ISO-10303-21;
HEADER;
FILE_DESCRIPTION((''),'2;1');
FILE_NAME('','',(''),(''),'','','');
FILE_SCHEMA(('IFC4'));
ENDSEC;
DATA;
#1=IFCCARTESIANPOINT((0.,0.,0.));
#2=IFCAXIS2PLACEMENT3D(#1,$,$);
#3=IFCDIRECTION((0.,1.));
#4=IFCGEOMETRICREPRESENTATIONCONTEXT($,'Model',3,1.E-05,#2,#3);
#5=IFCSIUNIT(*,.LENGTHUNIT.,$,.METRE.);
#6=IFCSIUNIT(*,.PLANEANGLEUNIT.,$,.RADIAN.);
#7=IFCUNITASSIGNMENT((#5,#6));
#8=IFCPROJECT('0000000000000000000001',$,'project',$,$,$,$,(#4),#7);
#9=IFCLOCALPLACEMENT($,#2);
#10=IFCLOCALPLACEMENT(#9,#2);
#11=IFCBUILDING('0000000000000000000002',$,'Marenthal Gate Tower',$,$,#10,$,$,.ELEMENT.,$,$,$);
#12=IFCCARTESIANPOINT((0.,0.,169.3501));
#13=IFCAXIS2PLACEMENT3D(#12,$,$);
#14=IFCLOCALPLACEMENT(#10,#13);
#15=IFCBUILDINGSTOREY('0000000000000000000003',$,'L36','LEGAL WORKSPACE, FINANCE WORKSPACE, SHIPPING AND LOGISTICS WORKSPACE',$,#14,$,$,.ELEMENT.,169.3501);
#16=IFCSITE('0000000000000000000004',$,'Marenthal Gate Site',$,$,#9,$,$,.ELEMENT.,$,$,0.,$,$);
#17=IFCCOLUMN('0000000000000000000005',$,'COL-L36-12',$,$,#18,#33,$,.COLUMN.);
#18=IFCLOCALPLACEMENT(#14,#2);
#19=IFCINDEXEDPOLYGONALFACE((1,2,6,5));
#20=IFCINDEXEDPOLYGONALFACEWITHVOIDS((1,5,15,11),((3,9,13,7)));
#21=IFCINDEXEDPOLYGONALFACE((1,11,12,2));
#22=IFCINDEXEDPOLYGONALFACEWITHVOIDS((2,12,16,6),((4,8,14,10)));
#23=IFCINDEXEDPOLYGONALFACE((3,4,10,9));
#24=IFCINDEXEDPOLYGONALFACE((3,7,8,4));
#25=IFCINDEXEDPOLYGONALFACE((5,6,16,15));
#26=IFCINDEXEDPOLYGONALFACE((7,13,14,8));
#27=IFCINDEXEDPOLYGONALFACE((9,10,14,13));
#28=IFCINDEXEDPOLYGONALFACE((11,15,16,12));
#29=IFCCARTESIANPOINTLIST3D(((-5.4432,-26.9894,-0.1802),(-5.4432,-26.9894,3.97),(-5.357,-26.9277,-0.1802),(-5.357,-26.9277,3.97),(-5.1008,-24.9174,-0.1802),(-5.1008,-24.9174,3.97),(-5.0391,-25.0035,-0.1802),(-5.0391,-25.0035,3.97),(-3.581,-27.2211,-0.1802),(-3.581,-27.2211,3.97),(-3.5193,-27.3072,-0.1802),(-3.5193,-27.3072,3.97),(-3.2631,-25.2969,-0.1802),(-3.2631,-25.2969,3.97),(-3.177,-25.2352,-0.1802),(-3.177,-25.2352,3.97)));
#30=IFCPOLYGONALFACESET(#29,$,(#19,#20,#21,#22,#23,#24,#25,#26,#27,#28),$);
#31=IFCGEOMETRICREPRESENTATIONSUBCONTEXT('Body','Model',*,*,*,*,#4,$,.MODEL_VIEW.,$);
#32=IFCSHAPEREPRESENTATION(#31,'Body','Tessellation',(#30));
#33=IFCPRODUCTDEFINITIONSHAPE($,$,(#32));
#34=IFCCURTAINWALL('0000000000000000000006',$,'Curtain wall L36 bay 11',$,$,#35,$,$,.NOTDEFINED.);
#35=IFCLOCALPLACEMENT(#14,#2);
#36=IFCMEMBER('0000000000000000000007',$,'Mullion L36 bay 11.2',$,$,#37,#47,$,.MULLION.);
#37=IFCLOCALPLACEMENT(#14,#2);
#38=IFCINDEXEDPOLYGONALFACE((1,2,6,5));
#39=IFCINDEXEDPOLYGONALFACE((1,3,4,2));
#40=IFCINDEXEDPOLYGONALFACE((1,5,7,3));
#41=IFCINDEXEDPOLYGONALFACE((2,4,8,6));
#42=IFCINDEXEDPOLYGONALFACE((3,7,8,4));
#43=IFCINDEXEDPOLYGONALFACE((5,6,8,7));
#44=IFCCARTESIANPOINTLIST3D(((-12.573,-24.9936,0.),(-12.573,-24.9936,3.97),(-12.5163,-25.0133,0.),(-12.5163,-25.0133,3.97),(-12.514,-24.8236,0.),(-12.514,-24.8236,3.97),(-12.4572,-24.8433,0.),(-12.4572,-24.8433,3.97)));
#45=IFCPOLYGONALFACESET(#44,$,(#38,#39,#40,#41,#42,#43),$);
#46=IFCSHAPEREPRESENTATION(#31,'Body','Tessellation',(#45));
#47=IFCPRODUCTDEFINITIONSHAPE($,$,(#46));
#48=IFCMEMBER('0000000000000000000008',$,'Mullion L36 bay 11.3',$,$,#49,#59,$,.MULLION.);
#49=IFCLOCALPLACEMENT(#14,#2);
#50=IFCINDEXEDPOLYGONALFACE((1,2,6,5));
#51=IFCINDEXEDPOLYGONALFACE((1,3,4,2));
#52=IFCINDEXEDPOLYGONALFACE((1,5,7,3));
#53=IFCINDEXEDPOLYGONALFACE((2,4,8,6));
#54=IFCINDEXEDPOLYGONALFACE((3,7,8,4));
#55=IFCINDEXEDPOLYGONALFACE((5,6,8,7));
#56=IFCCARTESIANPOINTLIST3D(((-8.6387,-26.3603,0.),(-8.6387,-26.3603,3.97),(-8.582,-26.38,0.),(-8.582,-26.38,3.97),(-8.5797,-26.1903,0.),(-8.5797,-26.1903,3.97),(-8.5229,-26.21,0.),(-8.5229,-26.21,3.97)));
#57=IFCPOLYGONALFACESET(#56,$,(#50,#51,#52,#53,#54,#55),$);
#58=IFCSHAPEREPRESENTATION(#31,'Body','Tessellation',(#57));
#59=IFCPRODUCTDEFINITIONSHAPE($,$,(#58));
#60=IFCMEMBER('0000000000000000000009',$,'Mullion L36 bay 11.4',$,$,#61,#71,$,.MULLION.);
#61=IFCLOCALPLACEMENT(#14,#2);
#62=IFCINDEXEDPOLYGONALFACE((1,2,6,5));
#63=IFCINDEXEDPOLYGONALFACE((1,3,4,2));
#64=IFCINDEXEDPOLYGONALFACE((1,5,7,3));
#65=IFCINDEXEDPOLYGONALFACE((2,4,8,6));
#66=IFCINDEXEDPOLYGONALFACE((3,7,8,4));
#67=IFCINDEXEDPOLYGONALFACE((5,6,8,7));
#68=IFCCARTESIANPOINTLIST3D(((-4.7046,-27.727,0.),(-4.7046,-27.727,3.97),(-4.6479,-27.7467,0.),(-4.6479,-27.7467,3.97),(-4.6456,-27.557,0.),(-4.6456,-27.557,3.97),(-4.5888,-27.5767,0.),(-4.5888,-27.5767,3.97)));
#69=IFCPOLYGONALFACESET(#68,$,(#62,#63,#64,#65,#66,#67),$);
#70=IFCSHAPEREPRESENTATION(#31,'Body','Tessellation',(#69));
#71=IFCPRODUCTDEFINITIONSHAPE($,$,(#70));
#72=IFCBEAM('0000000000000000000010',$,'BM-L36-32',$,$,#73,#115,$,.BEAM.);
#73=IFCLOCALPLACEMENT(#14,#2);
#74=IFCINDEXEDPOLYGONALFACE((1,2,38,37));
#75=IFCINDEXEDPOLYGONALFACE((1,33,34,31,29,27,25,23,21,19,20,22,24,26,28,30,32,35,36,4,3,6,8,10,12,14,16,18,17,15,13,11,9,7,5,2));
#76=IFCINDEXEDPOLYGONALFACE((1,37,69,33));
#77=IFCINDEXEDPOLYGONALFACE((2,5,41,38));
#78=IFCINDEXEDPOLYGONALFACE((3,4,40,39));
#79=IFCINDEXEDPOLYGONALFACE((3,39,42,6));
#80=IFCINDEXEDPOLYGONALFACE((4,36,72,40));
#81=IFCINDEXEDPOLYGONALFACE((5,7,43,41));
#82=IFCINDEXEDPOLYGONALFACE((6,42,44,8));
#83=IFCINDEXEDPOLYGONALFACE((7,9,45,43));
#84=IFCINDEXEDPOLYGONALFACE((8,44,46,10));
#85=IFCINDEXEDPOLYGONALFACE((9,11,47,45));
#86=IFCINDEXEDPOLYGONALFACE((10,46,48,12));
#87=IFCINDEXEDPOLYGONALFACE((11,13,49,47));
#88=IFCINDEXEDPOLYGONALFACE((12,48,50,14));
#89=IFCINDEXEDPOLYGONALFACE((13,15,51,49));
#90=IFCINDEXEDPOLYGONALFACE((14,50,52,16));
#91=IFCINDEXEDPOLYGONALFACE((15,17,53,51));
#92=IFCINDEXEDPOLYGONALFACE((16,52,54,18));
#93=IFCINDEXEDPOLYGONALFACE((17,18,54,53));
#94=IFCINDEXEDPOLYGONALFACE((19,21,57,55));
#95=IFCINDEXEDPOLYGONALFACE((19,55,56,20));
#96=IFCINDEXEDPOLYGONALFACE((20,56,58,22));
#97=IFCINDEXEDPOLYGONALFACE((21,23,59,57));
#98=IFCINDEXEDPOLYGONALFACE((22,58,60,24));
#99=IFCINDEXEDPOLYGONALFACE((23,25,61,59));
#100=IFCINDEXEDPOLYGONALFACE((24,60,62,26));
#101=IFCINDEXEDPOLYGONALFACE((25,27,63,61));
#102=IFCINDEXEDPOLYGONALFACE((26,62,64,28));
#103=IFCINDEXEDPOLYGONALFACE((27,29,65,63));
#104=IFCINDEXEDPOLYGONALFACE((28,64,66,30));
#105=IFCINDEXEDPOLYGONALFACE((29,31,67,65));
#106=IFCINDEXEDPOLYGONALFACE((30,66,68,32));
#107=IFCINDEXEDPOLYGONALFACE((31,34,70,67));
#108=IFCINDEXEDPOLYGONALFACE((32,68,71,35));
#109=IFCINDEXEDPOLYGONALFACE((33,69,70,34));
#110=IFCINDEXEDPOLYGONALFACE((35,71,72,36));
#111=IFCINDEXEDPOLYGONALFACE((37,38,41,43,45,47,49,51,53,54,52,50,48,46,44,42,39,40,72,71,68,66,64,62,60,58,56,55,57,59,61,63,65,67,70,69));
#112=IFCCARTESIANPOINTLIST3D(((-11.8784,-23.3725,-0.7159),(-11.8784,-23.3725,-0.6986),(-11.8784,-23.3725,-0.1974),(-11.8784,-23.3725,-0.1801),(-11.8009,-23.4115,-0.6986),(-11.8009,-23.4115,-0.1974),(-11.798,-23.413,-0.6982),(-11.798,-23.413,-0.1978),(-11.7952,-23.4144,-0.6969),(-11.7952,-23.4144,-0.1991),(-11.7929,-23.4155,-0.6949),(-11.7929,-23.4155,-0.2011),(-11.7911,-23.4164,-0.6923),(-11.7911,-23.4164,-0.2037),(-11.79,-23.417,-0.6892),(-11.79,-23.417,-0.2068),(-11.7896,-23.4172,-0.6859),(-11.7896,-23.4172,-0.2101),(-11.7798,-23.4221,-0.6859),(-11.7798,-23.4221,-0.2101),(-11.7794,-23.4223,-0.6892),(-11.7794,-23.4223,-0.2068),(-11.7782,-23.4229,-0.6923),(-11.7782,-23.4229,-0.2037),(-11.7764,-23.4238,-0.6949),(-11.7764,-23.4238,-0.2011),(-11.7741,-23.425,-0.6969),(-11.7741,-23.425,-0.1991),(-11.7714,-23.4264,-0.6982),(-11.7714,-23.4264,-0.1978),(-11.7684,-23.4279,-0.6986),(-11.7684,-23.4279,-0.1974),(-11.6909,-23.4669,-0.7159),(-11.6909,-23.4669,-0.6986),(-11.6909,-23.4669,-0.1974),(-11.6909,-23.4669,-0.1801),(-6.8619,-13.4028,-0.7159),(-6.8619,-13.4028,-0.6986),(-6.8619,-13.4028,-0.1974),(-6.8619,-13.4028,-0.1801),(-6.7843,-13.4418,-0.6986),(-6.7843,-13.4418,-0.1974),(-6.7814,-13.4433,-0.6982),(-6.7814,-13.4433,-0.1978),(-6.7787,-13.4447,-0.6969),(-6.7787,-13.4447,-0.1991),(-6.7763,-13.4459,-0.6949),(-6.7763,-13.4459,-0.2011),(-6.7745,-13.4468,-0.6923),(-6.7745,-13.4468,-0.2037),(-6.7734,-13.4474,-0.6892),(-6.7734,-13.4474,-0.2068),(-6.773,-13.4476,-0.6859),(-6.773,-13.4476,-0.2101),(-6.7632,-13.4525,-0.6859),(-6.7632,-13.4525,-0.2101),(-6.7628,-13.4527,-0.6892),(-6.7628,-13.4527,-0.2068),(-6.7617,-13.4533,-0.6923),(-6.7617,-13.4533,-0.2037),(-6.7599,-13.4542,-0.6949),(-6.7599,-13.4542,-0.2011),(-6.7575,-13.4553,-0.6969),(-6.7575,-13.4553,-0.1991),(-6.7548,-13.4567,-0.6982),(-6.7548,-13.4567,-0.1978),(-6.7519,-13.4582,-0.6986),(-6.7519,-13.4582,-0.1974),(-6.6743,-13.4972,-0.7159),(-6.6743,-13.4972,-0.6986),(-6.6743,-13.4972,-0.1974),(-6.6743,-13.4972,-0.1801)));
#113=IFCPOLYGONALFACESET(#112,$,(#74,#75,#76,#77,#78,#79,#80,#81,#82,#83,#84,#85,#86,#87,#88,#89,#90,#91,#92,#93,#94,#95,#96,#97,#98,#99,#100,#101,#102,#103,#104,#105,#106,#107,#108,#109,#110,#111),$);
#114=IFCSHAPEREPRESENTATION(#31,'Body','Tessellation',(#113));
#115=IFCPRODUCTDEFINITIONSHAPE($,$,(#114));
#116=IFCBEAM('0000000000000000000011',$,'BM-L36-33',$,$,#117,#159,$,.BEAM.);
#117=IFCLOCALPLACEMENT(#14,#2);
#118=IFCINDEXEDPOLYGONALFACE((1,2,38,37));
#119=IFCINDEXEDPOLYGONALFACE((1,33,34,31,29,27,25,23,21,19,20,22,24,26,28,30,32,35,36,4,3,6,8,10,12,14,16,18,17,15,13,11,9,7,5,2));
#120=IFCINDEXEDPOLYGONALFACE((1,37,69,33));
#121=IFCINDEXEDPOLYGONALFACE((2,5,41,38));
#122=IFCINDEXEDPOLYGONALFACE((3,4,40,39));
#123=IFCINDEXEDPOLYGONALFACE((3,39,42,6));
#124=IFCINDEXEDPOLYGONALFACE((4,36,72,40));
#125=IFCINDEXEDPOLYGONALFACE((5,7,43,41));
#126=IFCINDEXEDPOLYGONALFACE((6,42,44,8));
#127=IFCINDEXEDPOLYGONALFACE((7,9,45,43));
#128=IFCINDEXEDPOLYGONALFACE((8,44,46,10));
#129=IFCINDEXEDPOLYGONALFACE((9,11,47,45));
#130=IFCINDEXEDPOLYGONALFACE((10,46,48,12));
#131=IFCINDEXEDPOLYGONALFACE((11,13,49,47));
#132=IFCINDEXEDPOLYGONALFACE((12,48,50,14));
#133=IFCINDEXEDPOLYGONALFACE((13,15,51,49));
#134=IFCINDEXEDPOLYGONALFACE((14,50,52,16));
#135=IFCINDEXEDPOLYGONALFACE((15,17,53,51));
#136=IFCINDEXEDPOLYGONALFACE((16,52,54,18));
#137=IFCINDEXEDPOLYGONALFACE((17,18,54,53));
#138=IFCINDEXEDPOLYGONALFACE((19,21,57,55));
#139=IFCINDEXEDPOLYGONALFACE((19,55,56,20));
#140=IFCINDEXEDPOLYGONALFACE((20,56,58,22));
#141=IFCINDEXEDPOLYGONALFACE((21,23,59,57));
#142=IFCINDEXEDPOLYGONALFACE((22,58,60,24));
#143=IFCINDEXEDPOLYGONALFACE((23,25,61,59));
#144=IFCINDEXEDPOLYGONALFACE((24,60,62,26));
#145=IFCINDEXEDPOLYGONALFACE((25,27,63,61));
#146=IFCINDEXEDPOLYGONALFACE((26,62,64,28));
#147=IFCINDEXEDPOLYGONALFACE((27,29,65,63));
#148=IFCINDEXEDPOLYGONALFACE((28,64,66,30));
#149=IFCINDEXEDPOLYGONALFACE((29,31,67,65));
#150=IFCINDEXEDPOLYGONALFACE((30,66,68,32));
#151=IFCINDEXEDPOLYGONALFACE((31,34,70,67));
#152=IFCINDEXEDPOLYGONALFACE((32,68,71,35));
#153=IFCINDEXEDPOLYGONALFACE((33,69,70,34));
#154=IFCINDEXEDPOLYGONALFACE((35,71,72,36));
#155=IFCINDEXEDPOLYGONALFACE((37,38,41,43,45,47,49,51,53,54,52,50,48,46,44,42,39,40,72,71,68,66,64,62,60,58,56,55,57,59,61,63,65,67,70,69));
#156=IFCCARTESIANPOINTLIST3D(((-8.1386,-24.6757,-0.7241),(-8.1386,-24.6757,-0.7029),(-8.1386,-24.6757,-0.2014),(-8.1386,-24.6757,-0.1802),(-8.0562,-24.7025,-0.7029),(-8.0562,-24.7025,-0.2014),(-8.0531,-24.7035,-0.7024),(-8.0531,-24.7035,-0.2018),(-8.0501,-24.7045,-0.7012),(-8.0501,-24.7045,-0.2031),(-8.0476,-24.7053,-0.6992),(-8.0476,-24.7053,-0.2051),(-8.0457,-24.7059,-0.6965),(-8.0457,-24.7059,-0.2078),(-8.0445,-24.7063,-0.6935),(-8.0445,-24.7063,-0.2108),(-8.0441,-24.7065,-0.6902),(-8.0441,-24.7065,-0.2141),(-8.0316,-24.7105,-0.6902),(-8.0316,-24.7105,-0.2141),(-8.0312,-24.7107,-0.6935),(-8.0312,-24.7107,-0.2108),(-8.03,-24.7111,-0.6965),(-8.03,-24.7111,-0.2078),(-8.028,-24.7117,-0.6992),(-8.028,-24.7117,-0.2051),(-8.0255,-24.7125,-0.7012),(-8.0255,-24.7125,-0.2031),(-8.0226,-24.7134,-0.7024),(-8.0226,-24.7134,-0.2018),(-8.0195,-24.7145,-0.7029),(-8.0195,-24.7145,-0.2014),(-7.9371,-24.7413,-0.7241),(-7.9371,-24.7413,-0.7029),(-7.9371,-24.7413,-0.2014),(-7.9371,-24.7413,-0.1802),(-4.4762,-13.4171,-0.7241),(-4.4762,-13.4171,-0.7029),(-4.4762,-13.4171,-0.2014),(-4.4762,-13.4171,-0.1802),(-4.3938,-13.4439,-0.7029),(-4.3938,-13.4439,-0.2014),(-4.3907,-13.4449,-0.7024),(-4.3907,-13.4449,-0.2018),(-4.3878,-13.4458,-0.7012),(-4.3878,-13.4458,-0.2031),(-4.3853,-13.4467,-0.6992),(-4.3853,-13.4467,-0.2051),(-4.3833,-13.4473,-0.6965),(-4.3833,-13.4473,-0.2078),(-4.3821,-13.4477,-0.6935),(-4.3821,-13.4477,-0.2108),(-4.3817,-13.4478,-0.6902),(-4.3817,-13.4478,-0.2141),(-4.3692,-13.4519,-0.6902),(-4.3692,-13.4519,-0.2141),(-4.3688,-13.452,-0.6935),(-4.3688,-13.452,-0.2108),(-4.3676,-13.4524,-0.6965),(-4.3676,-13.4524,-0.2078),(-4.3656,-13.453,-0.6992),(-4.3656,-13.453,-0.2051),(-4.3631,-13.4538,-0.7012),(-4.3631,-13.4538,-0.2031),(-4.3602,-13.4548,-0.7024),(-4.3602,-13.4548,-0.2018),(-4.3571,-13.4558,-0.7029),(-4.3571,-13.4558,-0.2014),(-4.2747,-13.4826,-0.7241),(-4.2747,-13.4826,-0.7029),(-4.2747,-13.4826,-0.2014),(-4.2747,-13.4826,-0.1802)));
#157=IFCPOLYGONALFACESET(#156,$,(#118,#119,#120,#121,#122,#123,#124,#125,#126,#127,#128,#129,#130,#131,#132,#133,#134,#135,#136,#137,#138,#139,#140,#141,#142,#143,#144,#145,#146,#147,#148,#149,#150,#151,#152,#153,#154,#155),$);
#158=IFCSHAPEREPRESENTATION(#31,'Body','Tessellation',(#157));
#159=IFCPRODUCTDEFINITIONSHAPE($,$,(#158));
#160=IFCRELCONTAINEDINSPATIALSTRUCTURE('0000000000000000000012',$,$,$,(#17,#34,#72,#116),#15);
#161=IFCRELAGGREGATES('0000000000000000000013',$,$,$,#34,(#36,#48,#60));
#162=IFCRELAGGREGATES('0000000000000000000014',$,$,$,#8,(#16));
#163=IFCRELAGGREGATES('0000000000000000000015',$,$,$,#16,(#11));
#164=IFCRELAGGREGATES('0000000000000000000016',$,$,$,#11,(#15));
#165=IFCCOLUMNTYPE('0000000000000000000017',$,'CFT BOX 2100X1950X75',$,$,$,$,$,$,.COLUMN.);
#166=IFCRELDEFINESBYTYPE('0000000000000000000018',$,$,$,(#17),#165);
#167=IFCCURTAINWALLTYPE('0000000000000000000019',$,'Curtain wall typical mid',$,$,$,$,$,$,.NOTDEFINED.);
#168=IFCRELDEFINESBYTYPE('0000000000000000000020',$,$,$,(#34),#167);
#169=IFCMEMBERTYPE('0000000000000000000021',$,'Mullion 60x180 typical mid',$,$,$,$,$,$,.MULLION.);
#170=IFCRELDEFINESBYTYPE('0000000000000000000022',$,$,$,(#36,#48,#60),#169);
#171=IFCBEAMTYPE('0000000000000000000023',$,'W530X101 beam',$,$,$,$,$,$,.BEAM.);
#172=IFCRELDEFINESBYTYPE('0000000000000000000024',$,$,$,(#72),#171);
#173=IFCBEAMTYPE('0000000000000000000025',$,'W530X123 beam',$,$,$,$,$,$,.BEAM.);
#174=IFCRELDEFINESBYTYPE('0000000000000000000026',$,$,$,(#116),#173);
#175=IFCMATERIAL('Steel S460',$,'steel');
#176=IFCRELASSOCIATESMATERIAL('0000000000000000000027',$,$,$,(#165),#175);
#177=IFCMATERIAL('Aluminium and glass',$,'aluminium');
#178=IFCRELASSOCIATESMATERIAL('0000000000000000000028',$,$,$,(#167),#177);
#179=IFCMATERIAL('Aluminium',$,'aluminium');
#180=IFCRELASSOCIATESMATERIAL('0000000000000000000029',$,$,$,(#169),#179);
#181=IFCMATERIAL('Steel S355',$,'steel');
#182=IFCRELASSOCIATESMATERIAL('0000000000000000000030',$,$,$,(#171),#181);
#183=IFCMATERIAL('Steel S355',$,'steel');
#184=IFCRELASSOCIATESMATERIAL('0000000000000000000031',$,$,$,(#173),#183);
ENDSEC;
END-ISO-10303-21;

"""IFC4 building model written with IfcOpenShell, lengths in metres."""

from ifc_helpers import new_model, si_unit, direction, frame, origin, origin_2d, place, context, subcontext, project, spatial, rectangle, hollow_rectangle, i_section, extrude, material, material_profile, profile_set, type_object, element, aggregate, save


model = new_model("IFC4")

# Units and contexts
model_context = context("Model", 3, precision=1e-05, world=origin(), true_north=direction((0.0, 1.0)))
body_context = subcontext(model_context, "Body", "Model", "MODEL_VIEW")
ifc_project = project(units=[si_unit("LENGTHUNIT", "METRE"), si_unit("PLANEANGLEUNIT", "RADIAN")], contexts=[model_context])

# Site, building, storey
site_placement = place(None, origin())
site = spatial("IfcSite", under=ifc_project, at=site_placement, Name="Marenthal Gate Site", CompositionType="ELEMENT", RefElevation=0.0)
building_placement = place(site_placement, origin())
building = spatial("IfcBuilding", under=site, at=building_placement, Name="Marenthal Gate Tower", CompositionType="ELEMENT")
storey_placement = place(building_placement, frame((0.0, 0.0, 169.3501)))
storey = spatial("IfcBuildingStorey", under=building, at=storey_placement, Name="L36", Description="LEGAL WORKSPACE, FINANCE WORKSPACE, SHIPPING AND LOGISTICS WORKSPACE", CompositionType="ELEMENT", Elevation=169.3501)

# Column
ifc_material_1 = material(Name="Steel S460", Category="steel")
ifc_material_profile_1 = material_profile(ifc_material_1, hollow_rectangle(XDim=1.95, YDim=2.1001, WallThickness=0.075, at=origin_2d()), Name="CFT BOX 2100X1950X75")
ifc_material_2 = material(Name="Concrete 70 MPa", Category="concrete")
ifc_material_profile_2 = material_profile(ifc_material_2, rectangle(XDim=1.8, YDim=1.95, at=origin_2d()), Name="CFT BOX 2100X1950X75 INFILL")
ifc_profile_set_1 = profile_set([ifc_material_profile_1, ifc_material_profile_2], Name="Steel S460 shell, Concrete 70 MPa infill")
column_type = type_object("IfcColumnType", Name="CFT BOX 2100X1950X75", PredefinedType="COLUMN", material=ifc_profile_set_1)
column_placement = place(storey_placement, frame((-4.3101, -26.1123, -0.1802), z_axis=(0.0, 0.0, 1.0), x_axis=(-0.986627, 0.162997, 0.0)))
element("IfcColumn", 1, at=column_placement, inside=storey, type_object=column_type, Name="COL-L36-12", PredefinedType="COLUMN", context=body_context, shape_type="SweptSolid", body=[
    extrude(hollow_rectangle(XDim=1.95, YDim=2.1001, WallThickness=0.075, at=origin_2d()), origin(), (0.0, 0.0, 1.0), 4.1501),
])

# Curtain wall, members
ifc_material_3 = material(Name="Aluminium and glass", Category="aluminium")
curtain_wall_type = type_object("IfcCurtainWallType", Name="Curtain wall typical mid", PredefinedType="NOTDEFINED", material=ifc_material_3)
curtain_wall_placement = place(storey_placement, origin())
curtain_wall = element("IfcCurtainWall", 2, at=curtain_wall_placement, inside=storey, type_object=curtain_wall_type, Name="Curtain wall L36 bay 11", PredefinedType="NOTDEFINED")
ifc_material_4 = material(Name="Aluminium", Category="aluminium")
ifc_material_profile_3 = material_profile(ifc_material_4, rectangle(XDim=0.1799, YDim=0.0601, at=origin_2d()), Name="60x180 aluminium mullion")
ifc_profile_set_2 = profile_set([ifc_material_profile_3], Name="Aluminium")
member_type = type_object("IfcMemberType", Name="Mullion 60x180 typical mid", PredefinedType="MULLION", material=ifc_profile_set_2)
member_1_placement = place(storey_placement, frame((-12.5151, -24.9185, 0.0), z_axis=(0.0, 0.0, 1.0), x_axis=(0.328158, 0.944623, 0.0)))
member_1 = element("IfcMember", 3, at=member_1_placement, type_object=member_type, Name="Mullion L36 bay 11.2", PredefinedType="MULLION", context=body_context, shape_type="SweptSolid", body=[
    extrude(rectangle(XDim=0.1799, YDim=0.0601, at=origin_2d()), origin(), (0.0, 0.0, 1.0), 3.97),
])
member_2_placement = place(storey_placement, frame((-8.5808, -26.2852, 0.0), z_axis=(0.0, 0.0, 1.0), x_axis=(0.328158, 0.944623, 0.0)))
member_2 = element("IfcMember", 4, at=member_2_placement, type_object=member_type, Name="Mullion L36 bay 11.3", PredefinedType="MULLION", context=body_context, shape_type="SweptSolid", body=[
    extrude(rectangle(XDim=0.1799, YDim=0.0601, at=origin_2d()), origin(), (0.0, 0.0, 1.0), 3.97),
])
member_3_placement = place(storey_placement, frame((-4.6467, -27.6519, 0.0), z_axis=(0.0, 0.0, 1.0), x_axis=(0.328158, 0.944623, 0.0)))
member_3 = element("IfcMember", 5, at=member_3_placement, type_object=member_type, Name="Mullion L36 bay 11.4", PredefinedType="MULLION", context=body_context, shape_type="SweptSolid", body=[
    extrude(rectangle(XDim=0.1799, YDim=0.0601, at=origin_2d()), origin(), (0.0, 0.0, 1.0), 3.97),
])

# Beams
ifc_material_5 = material(Name="Steel S355", Category="steel")
ifc_material_profile_4 = material_profile(ifc_material_5, i_section(OverallWidth=0.21, OverallDepth=0.5359, WebThickness=0.011, FlangeThickness=0.0173, FilletRadius=0.0127, at=origin_2d()), Name="W530X101")
ifc_profile_set_3 = profile_set([ifc_material_profile_4], Name="Steel S355")
beam_type_1 = type_object("IfcBeamType", Name="W530X101 beam", PredefinedType="BEAM", material=ifc_profile_set_3)
beam_1_placement = place(storey_placement, frame((-11.7847, -23.4197, -0.448), z_axis=(0.449487, 0.893287, 0.0), x_axis=(-0.893287, 0.449487, 0.0)))
element("IfcBeam", 6, at=beam_1_placement, inside=storey, type_object=beam_type_1, Name="BM-L36-32", PredefinedType="BEAM", context=body_context, shape_type="SweptSolid", body=[
    extrude(i_section(OverallWidth=0.21, OverallDepth=0.5359, WebThickness=0.011, FlangeThickness=0.0173, FilletRadius=0.0127, at=origin_2d()), origin(), (0.0, 0.0, 1.0), 11.1606),
])
ifc_material_6 = material(Name="Steel S355", Category="steel")
ifc_material_profile_5 = material_profile(ifc_material_6, i_section(OverallWidth=0.2119, OverallDepth=0.5439, WebThickness=0.0132, FlangeThickness=0.0212, FilletRadius=0.0127, at=origin_2d()), Name="W530X123")
ifc_profile_set_4 = profile_set([ifc_material_profile_5], Name="Steel S355")
beam_type_2 = type_object("IfcBeamType", Name="W530X123 beam", PredefinedType="BEAM", material=ifc_profile_set_4)
beam_2_placement = place(storey_placement, frame((-8.0378, -24.7085, -0.4521), z_axis=(0.30934, 0.950951, 0.0), x_axis=(-0.950951, 0.30934, 0.0)))
element("IfcBeam", 7, at=beam_2_placement, inside=storey, type_object=beam_type_2, Name="BM-L36-33", PredefinedType="BEAM", context=body_context, shape_type="SweptSolid", body=[
    extrude(i_section(OverallWidth=0.2119, OverallDepth=0.5439, WebThickness=0.0132, FlangeThickness=0.0212, FilletRadius=0.0127, at=origin_2d()), origin(), (0.0, 0.0, 1.0), 11.8394),
])

aggregate(curtain_wall, [member_1, member_2, member_3])

save(model, "model.ifc")
